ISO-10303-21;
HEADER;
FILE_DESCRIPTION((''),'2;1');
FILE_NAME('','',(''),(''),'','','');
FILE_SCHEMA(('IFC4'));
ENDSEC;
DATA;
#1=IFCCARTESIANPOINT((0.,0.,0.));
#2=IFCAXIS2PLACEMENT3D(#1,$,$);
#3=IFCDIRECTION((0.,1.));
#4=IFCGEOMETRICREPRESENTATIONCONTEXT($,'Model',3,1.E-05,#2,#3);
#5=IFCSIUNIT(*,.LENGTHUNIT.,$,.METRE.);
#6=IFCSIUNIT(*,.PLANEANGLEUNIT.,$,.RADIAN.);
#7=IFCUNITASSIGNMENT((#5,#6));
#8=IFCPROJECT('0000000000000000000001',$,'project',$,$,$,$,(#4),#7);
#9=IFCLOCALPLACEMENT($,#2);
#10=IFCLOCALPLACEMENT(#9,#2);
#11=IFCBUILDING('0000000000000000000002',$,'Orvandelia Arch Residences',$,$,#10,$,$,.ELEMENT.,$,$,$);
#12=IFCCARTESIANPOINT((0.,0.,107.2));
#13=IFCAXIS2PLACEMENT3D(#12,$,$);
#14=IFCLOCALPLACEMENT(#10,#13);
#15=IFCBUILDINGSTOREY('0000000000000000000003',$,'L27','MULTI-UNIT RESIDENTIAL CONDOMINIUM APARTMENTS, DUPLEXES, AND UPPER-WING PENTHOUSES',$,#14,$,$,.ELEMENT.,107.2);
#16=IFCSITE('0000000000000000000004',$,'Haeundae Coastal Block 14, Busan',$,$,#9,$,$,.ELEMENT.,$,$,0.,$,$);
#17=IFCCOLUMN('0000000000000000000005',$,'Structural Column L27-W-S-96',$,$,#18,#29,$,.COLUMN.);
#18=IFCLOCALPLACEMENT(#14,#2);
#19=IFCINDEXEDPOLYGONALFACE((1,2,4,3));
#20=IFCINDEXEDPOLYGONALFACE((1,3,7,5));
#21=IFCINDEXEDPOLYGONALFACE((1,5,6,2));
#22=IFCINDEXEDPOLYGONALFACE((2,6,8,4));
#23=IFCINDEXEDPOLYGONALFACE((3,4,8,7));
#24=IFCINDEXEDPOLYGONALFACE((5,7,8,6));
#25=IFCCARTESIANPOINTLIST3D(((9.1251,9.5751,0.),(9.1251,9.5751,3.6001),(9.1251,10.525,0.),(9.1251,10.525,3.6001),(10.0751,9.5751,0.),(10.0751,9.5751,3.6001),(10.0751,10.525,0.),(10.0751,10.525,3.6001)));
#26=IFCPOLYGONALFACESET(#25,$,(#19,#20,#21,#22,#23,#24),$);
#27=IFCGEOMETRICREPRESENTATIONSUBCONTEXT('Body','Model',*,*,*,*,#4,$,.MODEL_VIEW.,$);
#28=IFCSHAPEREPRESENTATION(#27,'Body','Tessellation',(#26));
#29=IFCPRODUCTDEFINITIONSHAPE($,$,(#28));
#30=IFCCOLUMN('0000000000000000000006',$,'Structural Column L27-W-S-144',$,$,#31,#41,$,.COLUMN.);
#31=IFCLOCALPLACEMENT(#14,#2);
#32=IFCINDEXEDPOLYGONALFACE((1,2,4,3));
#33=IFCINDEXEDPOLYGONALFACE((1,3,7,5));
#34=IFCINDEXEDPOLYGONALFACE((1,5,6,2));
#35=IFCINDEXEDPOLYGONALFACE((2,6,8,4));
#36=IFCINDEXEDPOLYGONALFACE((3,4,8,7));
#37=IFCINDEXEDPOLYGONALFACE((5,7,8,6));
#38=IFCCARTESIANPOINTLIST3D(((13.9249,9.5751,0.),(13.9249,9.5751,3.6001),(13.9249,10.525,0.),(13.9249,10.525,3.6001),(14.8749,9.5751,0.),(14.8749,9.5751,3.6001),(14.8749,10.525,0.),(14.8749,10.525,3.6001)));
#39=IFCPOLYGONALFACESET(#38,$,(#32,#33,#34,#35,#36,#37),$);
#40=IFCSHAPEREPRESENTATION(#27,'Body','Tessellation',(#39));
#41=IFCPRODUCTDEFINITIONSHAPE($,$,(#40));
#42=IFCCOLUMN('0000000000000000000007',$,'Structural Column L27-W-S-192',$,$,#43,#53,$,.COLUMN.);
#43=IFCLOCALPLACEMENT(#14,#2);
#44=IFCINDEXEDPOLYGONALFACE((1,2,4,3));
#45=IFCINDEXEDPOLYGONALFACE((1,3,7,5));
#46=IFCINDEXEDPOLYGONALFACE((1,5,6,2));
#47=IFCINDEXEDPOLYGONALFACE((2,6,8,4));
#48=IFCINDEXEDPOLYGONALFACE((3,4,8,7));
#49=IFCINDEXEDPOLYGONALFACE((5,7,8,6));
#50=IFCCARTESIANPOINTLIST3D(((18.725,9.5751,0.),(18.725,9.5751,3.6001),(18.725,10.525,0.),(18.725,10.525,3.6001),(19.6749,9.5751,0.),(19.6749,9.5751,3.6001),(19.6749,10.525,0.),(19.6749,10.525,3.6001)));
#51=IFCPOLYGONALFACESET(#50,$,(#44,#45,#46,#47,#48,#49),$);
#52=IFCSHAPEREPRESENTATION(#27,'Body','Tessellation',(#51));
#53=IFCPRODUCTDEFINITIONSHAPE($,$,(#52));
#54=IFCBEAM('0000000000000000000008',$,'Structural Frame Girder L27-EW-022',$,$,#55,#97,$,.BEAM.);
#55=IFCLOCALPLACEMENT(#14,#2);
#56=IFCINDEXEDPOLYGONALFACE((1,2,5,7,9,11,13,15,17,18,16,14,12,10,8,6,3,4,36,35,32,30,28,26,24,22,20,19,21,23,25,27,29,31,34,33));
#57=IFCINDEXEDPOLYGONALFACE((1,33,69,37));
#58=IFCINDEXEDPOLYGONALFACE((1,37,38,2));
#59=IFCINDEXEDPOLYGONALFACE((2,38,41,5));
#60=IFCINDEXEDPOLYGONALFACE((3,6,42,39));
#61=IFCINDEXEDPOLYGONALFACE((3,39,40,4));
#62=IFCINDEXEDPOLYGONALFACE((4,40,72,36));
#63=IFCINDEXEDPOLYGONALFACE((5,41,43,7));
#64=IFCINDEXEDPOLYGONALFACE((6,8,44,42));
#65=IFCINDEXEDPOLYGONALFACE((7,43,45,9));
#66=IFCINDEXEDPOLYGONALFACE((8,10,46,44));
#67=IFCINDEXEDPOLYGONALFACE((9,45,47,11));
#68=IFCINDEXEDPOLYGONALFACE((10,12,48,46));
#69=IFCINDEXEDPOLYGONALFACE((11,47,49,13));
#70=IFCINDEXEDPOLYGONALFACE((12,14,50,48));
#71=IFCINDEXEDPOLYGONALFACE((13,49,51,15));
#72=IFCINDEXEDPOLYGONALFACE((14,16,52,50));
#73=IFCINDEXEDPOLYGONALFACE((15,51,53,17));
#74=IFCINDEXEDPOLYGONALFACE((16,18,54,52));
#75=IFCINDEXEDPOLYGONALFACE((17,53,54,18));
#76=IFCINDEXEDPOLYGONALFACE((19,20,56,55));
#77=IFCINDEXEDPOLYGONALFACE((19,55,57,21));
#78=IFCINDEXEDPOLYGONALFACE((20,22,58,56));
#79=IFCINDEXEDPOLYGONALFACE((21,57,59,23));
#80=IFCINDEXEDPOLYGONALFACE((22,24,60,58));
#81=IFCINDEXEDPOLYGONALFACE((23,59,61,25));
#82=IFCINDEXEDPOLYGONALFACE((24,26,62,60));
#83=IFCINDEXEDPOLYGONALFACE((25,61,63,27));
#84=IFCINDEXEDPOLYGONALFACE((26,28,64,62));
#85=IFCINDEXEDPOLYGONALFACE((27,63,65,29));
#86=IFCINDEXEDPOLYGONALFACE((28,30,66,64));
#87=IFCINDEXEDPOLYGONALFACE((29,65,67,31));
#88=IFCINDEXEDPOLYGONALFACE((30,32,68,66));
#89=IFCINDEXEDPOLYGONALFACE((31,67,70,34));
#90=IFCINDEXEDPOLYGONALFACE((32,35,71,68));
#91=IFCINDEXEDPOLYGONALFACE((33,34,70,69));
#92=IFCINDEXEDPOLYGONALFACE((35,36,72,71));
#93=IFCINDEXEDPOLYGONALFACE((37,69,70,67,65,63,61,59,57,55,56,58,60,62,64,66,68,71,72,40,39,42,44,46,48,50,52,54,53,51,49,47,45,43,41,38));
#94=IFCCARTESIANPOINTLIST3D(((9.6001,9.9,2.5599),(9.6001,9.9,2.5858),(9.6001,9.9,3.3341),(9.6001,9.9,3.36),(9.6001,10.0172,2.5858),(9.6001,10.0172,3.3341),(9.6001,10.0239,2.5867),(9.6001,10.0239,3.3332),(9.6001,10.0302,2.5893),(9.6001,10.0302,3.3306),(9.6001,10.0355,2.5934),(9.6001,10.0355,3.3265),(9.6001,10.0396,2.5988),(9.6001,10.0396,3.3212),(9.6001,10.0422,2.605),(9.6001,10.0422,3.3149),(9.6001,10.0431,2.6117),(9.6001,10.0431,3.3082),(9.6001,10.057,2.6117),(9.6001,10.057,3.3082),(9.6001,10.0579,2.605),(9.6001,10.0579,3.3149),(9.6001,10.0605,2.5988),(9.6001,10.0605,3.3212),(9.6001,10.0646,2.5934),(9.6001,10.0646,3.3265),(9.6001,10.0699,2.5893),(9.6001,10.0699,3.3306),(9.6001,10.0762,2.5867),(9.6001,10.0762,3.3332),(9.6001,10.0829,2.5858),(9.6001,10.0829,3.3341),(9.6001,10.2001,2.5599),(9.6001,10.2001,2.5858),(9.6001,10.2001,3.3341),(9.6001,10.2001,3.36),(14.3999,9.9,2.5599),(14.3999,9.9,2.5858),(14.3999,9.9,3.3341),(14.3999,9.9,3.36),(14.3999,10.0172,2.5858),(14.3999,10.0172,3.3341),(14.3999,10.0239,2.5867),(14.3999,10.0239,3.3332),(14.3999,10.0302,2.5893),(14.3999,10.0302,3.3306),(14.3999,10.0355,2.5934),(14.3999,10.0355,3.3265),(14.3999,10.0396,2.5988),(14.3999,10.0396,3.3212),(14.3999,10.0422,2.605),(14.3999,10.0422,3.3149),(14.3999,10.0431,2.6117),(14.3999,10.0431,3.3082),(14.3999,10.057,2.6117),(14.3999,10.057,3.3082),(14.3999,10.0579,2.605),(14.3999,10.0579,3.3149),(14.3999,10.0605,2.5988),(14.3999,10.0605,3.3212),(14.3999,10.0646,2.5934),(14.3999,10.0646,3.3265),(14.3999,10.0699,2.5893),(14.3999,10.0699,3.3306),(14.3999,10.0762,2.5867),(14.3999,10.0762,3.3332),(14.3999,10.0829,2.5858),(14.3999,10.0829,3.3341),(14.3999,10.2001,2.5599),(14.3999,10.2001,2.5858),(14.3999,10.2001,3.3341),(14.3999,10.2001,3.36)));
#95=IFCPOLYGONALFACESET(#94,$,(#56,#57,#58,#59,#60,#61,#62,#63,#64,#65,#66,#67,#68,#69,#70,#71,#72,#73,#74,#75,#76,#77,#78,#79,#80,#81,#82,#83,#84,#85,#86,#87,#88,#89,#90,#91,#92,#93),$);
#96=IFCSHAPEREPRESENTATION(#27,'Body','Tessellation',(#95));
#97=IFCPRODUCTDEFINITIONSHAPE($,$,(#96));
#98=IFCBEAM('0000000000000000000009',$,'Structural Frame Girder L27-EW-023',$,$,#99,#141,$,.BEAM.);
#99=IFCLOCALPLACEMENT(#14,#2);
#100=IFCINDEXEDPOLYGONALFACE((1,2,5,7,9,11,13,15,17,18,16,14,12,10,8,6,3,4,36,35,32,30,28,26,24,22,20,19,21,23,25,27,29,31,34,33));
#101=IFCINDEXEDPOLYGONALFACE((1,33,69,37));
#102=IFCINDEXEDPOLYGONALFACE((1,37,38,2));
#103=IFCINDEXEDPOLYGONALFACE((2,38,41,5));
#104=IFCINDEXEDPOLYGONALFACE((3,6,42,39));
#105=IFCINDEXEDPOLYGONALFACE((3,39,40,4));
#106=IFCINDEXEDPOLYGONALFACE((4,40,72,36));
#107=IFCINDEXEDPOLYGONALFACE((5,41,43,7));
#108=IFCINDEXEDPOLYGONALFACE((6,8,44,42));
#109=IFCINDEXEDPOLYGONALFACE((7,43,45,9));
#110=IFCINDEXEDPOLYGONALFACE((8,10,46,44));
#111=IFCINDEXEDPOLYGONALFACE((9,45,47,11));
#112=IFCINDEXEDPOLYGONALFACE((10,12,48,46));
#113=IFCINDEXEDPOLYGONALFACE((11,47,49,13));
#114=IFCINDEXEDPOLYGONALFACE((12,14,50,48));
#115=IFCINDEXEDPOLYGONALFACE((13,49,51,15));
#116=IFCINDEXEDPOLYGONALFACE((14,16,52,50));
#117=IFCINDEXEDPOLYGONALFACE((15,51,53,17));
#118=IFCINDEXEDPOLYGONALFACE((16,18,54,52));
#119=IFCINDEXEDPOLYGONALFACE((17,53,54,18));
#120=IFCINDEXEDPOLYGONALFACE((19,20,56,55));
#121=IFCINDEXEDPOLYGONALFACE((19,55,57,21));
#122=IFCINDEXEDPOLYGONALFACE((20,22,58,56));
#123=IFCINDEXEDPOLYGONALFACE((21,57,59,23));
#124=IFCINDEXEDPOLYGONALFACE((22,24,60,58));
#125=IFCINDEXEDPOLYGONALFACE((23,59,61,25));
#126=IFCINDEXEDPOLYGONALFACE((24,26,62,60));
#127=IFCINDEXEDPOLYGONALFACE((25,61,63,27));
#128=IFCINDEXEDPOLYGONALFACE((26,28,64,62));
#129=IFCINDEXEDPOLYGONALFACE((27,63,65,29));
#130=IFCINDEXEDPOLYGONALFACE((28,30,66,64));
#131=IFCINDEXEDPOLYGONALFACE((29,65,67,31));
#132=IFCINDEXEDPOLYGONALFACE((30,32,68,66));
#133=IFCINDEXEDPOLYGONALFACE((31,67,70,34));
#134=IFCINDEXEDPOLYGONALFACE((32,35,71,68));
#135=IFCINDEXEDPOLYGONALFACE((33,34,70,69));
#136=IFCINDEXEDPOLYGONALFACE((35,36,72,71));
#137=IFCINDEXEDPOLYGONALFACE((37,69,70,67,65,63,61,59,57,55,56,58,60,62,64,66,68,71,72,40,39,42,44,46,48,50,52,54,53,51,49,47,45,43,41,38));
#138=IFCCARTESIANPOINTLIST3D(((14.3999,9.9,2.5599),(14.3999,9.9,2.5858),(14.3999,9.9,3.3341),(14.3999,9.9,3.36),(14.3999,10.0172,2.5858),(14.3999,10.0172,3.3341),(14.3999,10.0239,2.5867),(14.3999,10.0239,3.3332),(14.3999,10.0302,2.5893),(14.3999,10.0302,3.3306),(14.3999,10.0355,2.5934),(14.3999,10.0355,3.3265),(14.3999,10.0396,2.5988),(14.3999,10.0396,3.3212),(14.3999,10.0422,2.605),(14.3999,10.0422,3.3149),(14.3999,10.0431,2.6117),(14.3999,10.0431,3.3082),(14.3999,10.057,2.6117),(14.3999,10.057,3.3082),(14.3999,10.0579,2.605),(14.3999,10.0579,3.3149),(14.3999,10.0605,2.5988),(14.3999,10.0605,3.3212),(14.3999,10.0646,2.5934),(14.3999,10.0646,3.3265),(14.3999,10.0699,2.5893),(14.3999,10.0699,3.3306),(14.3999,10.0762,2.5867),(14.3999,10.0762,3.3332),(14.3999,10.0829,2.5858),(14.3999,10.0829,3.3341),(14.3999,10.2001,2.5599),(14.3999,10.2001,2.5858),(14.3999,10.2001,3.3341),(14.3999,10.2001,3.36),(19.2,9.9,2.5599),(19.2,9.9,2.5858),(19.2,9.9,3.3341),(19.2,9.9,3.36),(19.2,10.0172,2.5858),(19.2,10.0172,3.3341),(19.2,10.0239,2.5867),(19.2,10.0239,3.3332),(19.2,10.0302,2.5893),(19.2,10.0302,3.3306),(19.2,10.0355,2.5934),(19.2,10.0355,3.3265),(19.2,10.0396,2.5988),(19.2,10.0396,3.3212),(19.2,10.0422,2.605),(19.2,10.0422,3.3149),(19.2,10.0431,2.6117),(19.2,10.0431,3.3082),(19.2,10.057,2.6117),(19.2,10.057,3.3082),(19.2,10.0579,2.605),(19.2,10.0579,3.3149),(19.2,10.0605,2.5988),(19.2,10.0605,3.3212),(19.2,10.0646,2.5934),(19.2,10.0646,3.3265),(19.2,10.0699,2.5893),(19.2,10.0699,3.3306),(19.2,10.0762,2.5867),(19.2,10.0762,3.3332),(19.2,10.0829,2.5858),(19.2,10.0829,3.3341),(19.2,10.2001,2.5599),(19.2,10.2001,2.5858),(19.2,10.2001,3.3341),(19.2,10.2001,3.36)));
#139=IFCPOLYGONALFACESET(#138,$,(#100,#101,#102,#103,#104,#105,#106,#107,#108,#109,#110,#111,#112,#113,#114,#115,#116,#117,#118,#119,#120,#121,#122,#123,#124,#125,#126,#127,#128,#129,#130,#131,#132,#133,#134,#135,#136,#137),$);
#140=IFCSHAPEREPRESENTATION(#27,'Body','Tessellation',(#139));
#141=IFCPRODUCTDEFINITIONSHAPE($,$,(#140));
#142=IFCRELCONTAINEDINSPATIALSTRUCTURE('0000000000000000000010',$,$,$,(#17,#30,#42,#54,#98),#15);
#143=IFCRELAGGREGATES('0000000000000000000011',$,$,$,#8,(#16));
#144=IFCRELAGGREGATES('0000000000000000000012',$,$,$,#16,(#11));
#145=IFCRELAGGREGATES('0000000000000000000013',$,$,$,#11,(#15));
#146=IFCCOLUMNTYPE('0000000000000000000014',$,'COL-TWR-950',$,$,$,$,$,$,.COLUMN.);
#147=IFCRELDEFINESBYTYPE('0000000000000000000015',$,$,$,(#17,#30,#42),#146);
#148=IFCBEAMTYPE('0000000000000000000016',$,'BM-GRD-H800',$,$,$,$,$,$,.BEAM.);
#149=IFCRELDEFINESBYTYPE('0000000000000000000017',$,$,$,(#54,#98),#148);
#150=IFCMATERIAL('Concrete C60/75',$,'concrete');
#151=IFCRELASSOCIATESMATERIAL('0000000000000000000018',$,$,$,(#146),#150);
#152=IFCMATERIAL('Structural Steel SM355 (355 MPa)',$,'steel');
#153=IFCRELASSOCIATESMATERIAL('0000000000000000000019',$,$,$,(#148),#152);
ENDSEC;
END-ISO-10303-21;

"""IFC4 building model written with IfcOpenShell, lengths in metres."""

from ifc_helpers import new_model, si_unit, direction, frame, origin, origin_2d, place, context, subcontext, project, spatial, rectangle, i_section, extrude, material, material_profile, profile_set, type_object, element, save


model = new_model("IFC4")

# Units and contexts
model_context = context("Model", 3, precision=1e-05, world=origin(), true_north=direction((0.0, 1.0)))
body_context = subcontext(model_context, "Body", "Model", "MODEL_VIEW")
ifc_project = project(units=[si_unit("LENGTHUNIT", "METRE"), si_unit("PLANEANGLEUNIT", "RADIAN")], contexts=[model_context])

# Site, building, storey
site_placement = place(None, origin())
site = spatial("IfcSite", under=ifc_project, at=site_placement, Name="Haeundae Coastal Block 14, Busan", CompositionType="ELEMENT", RefElevation=0.0)
building_placement = place(site_placement, origin())
building = spatial("IfcBuilding", under=site, at=building_placement, Name="Orvandelia Arch Residences", CompositionType="ELEMENT")
storey_placement = place(building_placement, frame((0.0, 0.0, 107.2)))
storey = spatial("IfcBuildingStorey", under=building, at=storey_placement, Name="L27", Description="MULTI-UNIT RESIDENTIAL CONDOMINIUM APARTMENTS, DUPLEXES, AND UPPER-WING PENTHOUSES", CompositionType="ELEMENT", Elevation=107.2)

# Columns
ifc_material_1 = material(Name="Concrete C60/75", Category="concrete")
ifc_material_profile_1 = material_profile(ifc_material_1, rectangle(XDim=0.95, YDim=0.95, at=origin_2d()), Name="Concrete C60/75", Category="concrete")
ifc_profile_set_1 = profile_set([ifc_material_profile_1], Name="Concrete C60/75")
column_type = type_object("IfcColumnType", Name="COL-TWR-950", PredefinedType="COLUMN", material=ifc_profile_set_1)
for number, where, z_axis, x_axis, name in (
    (1, (9.6001, 10.05, 0.0), (0.0, 0.0, 1.0), (1.0, 0.0, 0.0), "Structural Column L27-W-S-96"),
    (2, (14.3999, 10.05, 0.0), (0.0, 0.0, 1.0), (1.0, 0.0, 0.0), "Structural Column L27-W-S-144"),
    (3, (19.2, 10.05, 0.0), (0.0, 0.0, 1.0), (1.0, 0.0, 0.0), "Structural Column L27-W-S-192"),
):
    element("IfcColumn", number, at=place(storey_placement, frame(where, z_axis=z_axis, x_axis=x_axis)), inside=storey, type_object=column_type, Name=name, PredefinedType="COLUMN", context=body_context, shape_type="SweptSolid", body=[
        extrude(rectangle(XDim=0.95, YDim=0.95, at=origin_2d()), origin(), (0.0, 0.0, 1.0), 3.6001),
    ])

# Beams
ifc_material_2 = material(Name="Structural Steel SM355 (355 MPa)", Category="steel")
ifc_material_profile_2 = material_profile(ifc_material_2, i_section(OverallWidth=0.3, OverallDepth=0.8, WebThickness=0.0139, FlangeThickness=0.0259, FilletRadius=0.0259, at=origin_2d()), Name="Structural Steel SM355 (355 MPa)", Category="steel")
ifc_profile_set_2 = profile_set([ifc_material_profile_2], Name="Structural Steel SM355 (355 MPa)")
beam_type = type_object("IfcBeamType", Name="BM-GRD-H800", PredefinedType="BEAM", material=ifc_profile_set_2)
beam_1_placement = place(storey_placement, frame((9.6001, 10.05, 2.96), z_axis=(1.0, 0.0, 0.0), x_axis=(0.0, 1.0, 0.0)))
element("IfcBeam", 4, at=beam_1_placement, inside=storey, type_object=beam_type, Name="Structural Frame Girder L27-EW-022", PredefinedType="BEAM", context=body_context, shape_type="SweptSolid", body=[
    extrude(i_section(OverallWidth=0.3, OverallDepth=0.8, WebThickness=0.0139, FlangeThickness=0.0259, FilletRadius=0.0259, at=origin_2d()), origin(), (0.0, 0.0, 1.0), 4.7998),
])
beam_2_placement = place(storey_placement, frame((14.3999, 10.05, 2.96), z_axis=(1.0, 0.0, 0.0), x_axis=(0.0, 1.0, 0.0)))
element("IfcBeam", 5, at=beam_2_placement, inside=storey, type_object=beam_type, Name="Structural Frame Girder L27-EW-023", PredefinedType="BEAM", context=body_context, shape_type="SweptSolid", body=[
    extrude(i_section(OverallWidth=0.3, OverallDepth=0.8, WebThickness=0.0139, FlangeThickness=0.0259, FilletRadius=0.0259, at=origin_2d()), origin(), (0.0, 0.0, 1.0), 4.8),
])

save(model, "model.ifc")
